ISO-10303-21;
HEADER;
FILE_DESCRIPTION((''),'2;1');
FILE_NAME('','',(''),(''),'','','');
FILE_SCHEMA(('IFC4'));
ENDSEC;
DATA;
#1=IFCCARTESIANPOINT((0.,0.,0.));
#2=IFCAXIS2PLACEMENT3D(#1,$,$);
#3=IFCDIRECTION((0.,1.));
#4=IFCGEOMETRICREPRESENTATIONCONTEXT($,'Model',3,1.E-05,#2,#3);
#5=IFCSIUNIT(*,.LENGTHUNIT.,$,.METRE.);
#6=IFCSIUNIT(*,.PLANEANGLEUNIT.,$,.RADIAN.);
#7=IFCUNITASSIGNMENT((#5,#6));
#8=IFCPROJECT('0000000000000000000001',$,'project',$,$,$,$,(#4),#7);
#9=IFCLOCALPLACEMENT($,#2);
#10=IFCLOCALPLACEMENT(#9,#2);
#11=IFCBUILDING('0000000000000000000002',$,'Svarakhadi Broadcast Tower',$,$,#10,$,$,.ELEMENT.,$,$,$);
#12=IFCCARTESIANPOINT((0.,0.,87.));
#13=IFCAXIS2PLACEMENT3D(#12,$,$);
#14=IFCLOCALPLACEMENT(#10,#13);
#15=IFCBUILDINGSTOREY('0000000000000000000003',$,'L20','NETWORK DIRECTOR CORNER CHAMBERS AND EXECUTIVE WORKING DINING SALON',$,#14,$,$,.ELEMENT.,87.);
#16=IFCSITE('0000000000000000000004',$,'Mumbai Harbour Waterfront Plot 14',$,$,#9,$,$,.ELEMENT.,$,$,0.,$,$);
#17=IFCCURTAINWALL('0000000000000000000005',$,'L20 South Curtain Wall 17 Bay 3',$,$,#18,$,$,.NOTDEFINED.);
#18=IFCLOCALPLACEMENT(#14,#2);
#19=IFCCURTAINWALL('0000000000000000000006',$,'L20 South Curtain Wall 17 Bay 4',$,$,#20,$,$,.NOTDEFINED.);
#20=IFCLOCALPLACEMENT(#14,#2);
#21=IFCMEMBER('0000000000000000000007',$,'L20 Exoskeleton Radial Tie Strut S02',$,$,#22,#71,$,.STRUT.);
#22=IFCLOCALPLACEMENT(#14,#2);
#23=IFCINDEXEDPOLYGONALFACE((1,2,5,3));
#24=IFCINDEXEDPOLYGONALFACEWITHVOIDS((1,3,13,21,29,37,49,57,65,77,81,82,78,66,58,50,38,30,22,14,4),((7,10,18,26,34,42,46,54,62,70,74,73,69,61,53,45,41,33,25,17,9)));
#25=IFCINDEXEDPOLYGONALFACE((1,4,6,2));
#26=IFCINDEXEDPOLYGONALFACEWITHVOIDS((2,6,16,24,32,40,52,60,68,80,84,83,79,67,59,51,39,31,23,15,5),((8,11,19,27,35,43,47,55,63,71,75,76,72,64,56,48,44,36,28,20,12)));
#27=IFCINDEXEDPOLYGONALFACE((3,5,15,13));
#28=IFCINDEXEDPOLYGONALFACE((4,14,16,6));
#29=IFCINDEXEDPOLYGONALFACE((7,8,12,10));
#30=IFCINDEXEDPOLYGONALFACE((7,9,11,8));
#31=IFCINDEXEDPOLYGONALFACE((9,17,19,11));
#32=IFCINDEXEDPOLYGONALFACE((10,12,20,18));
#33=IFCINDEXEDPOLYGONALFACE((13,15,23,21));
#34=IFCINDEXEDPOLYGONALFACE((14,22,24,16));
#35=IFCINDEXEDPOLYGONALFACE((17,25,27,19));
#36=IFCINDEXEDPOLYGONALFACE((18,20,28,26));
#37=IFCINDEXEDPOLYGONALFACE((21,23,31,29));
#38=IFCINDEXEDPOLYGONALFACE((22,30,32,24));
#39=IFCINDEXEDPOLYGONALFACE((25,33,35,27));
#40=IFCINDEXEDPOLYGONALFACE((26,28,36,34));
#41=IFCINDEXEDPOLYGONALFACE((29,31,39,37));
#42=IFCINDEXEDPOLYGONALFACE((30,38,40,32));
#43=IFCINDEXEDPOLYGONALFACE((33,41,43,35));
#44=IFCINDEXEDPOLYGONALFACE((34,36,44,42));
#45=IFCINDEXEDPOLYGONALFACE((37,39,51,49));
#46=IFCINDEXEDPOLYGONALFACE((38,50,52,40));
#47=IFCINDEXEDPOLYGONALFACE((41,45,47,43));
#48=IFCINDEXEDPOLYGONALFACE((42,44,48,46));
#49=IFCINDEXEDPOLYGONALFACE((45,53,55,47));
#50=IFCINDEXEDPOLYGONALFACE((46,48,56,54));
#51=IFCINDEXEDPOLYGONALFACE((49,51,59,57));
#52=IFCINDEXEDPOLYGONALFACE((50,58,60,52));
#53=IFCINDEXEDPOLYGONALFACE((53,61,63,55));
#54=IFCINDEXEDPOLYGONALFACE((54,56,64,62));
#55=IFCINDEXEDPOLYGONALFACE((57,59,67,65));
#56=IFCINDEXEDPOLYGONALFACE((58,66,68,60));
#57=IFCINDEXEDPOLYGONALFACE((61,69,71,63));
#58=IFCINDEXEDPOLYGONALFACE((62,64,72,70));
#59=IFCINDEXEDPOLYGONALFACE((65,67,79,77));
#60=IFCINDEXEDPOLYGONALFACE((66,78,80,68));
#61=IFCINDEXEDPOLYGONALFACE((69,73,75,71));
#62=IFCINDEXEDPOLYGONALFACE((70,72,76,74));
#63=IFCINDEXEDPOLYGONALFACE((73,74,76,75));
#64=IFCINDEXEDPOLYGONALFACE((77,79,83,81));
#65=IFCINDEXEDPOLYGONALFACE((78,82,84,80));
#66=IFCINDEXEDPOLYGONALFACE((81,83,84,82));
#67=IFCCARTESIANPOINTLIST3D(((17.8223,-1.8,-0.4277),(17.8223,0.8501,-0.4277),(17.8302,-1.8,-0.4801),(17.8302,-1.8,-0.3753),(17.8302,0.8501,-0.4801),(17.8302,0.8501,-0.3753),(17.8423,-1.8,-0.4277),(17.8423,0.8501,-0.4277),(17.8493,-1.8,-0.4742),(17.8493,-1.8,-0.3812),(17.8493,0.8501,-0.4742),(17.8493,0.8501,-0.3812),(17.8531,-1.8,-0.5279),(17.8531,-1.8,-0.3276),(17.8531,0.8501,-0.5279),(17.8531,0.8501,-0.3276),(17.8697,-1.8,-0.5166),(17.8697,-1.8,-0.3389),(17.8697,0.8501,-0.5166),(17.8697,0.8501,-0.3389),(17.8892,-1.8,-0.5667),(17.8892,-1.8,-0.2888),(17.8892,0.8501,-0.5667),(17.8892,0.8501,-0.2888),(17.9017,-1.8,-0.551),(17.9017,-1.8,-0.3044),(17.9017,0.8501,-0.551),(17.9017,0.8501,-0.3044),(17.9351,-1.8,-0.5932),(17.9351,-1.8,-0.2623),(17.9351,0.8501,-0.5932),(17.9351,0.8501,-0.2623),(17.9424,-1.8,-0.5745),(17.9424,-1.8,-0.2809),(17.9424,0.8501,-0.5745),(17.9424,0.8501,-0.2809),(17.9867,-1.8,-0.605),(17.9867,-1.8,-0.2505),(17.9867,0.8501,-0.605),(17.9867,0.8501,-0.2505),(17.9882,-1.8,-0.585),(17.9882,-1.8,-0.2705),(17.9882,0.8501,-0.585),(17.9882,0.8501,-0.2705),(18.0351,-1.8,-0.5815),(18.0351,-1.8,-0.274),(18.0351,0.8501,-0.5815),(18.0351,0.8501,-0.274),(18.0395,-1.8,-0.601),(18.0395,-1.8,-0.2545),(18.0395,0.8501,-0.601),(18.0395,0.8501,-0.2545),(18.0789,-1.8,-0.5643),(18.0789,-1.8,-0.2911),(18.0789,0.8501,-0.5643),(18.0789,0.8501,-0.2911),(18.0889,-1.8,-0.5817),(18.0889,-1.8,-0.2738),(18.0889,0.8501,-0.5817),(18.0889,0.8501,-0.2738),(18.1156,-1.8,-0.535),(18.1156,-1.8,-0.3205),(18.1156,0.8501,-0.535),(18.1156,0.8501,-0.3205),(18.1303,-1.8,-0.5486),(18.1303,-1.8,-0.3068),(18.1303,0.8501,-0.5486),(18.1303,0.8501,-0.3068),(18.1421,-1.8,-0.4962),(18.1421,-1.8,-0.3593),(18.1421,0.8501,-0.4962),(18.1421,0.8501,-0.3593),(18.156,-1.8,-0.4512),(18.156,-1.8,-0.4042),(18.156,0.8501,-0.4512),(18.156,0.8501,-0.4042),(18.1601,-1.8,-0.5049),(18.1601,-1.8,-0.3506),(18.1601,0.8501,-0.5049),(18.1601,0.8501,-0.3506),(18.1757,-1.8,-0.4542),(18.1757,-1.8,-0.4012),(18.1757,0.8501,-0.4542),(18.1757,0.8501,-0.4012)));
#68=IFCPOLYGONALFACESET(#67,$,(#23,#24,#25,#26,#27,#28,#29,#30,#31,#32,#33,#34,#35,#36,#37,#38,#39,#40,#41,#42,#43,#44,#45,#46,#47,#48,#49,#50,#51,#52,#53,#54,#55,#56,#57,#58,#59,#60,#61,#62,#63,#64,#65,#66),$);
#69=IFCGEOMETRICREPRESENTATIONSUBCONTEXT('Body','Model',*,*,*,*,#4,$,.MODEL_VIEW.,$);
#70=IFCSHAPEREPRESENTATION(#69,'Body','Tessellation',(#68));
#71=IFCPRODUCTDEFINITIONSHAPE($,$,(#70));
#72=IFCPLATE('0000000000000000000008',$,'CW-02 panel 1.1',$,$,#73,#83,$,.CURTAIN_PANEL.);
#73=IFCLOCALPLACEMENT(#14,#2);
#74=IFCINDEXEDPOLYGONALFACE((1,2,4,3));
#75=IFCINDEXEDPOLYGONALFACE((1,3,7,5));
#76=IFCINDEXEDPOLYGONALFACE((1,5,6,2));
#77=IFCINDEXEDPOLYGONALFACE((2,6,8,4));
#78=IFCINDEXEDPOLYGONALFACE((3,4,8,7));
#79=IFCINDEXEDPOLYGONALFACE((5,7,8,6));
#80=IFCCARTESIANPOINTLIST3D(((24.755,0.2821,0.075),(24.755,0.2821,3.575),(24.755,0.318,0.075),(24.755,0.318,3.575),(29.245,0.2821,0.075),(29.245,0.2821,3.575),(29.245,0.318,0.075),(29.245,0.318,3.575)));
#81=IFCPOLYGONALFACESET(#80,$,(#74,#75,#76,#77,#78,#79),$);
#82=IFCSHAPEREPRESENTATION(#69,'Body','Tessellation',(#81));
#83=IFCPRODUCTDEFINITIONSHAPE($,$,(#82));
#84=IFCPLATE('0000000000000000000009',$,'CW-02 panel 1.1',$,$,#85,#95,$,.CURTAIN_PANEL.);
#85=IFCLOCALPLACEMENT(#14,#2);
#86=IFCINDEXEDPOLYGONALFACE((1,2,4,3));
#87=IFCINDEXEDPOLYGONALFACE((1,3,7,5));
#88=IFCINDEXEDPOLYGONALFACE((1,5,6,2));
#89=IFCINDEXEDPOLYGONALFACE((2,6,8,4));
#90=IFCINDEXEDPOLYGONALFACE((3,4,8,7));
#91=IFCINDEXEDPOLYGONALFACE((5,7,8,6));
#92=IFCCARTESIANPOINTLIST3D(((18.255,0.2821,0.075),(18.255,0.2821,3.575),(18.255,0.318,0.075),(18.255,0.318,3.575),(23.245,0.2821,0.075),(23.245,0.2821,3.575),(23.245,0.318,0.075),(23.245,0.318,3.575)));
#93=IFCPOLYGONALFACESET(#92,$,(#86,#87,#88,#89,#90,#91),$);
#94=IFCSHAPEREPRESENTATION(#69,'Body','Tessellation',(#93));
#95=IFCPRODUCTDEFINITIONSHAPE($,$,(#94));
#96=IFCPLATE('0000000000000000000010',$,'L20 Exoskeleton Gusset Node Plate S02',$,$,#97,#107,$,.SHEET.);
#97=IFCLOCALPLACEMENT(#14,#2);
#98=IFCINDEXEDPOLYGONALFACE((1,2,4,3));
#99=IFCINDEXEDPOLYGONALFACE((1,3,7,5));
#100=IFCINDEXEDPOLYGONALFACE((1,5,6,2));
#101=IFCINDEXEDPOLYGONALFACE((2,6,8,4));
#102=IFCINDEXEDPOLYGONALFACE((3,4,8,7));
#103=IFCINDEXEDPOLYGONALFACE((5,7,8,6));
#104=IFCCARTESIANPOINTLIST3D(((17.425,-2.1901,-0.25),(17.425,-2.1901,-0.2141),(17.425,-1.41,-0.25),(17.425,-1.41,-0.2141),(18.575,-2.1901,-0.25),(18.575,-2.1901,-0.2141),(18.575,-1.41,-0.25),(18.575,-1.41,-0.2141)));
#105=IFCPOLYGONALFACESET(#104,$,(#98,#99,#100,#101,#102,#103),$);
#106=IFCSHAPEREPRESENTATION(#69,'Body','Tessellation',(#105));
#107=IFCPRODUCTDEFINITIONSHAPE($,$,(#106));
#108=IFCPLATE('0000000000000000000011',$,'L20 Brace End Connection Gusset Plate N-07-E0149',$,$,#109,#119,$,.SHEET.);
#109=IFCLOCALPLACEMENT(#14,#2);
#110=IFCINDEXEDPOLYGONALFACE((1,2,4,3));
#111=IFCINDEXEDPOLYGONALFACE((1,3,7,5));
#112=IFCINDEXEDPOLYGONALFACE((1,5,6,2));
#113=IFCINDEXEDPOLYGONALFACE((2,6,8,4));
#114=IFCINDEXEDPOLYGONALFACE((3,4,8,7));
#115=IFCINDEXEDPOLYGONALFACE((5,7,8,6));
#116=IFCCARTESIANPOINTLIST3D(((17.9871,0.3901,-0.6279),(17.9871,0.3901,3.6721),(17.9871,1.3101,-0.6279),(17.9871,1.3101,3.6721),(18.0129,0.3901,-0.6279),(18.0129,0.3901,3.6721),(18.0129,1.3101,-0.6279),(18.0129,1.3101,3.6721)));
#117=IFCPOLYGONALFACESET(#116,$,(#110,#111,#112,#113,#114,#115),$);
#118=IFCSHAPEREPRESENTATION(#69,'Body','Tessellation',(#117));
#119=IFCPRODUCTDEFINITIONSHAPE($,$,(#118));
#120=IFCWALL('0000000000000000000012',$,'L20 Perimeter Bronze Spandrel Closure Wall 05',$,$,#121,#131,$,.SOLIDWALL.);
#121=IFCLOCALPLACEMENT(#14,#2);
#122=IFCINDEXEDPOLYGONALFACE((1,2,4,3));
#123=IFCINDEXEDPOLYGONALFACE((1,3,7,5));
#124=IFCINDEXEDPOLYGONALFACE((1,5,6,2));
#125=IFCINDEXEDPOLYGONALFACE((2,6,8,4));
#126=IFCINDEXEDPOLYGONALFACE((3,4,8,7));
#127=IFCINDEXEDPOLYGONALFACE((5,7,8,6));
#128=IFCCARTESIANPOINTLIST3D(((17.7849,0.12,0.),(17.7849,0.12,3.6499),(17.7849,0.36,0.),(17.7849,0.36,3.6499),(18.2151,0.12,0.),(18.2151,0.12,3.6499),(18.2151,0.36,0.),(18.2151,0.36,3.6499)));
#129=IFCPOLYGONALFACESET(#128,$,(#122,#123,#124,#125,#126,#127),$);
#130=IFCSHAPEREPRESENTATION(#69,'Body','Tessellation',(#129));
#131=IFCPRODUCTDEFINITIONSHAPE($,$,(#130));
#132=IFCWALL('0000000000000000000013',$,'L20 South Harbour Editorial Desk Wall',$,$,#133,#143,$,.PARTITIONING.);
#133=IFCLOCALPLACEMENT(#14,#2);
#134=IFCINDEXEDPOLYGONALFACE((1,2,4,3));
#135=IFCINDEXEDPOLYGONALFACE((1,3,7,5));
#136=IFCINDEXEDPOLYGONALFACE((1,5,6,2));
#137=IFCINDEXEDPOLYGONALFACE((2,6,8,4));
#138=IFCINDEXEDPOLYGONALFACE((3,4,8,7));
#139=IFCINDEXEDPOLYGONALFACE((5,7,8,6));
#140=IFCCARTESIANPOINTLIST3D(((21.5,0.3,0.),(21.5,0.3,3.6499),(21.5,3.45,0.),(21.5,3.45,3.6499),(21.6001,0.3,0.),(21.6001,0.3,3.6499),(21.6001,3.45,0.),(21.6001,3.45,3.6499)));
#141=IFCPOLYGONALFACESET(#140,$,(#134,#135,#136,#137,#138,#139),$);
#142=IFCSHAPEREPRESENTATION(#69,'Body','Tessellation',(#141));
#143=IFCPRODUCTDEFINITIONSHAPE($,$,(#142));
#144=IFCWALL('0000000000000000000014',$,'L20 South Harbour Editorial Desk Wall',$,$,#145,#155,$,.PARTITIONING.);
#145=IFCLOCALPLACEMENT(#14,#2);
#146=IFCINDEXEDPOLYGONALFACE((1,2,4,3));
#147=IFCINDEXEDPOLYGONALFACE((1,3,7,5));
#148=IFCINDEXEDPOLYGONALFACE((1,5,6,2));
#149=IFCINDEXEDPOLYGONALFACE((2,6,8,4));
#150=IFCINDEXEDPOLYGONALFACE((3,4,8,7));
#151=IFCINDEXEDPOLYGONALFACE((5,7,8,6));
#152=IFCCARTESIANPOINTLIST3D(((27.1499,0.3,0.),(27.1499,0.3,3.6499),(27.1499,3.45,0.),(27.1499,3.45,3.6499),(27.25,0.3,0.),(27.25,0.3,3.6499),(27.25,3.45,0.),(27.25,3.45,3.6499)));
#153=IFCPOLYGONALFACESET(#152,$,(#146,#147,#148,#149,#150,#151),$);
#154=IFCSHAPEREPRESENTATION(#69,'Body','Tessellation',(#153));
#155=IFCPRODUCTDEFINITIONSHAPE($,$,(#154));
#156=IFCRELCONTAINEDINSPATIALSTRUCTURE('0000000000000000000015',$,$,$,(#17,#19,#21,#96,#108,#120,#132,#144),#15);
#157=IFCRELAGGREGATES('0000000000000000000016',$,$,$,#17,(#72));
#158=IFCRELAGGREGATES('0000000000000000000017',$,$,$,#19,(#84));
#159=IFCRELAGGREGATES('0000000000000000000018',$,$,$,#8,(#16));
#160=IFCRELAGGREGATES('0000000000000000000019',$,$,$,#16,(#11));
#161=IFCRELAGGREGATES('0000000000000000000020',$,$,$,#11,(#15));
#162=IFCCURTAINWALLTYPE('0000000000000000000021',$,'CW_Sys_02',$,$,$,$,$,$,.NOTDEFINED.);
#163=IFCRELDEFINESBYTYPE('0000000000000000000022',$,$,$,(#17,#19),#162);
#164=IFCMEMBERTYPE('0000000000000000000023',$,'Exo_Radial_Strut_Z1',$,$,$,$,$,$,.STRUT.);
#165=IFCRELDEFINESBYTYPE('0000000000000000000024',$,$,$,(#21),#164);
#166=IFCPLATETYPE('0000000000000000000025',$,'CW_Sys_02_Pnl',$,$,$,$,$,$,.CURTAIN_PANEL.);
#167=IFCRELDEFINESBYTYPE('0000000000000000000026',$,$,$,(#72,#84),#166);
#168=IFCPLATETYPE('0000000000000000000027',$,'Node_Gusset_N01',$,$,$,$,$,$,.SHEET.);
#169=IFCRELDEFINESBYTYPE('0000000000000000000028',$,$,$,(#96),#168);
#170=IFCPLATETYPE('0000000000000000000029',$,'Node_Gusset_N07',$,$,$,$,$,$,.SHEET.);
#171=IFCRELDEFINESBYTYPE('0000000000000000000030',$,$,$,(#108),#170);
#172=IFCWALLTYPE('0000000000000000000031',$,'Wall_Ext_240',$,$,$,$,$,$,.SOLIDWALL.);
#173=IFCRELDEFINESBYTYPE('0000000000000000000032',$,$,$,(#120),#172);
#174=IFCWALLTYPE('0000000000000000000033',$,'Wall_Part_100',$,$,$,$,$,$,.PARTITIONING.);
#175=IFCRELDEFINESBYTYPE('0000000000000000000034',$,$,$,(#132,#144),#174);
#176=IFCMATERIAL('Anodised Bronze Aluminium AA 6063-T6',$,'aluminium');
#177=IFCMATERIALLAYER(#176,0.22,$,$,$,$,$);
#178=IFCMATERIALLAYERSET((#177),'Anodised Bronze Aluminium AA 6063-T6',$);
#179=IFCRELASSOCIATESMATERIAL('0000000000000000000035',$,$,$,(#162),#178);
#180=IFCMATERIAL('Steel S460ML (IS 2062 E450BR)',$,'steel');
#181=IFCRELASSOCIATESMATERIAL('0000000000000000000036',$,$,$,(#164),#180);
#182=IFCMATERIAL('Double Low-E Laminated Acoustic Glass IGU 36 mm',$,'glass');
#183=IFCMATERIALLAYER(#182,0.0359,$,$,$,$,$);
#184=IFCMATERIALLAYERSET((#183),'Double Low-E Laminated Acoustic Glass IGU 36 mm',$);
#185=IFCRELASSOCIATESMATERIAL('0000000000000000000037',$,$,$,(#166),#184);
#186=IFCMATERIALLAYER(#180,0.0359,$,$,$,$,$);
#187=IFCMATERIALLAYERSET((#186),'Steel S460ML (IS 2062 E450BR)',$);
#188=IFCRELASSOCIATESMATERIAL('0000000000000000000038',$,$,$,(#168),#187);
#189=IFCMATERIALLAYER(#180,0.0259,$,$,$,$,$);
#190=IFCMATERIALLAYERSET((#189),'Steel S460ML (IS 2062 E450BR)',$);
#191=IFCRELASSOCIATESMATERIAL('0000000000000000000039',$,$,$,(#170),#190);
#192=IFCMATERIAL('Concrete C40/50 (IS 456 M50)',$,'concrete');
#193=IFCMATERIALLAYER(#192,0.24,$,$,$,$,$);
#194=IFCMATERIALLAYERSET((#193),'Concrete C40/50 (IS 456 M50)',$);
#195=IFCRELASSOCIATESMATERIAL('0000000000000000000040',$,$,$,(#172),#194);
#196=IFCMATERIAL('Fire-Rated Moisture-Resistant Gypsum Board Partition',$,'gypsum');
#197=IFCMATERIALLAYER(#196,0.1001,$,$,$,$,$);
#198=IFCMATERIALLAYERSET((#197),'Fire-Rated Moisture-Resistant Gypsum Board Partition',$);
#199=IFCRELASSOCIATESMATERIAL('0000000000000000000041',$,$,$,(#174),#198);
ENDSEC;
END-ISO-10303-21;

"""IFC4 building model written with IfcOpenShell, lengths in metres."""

from ifc_helpers import new_model, si_unit, direction, frame, frame_2d, origin, origin_2d, place, context, subcontext, project, spatial, rectangle, hollow_circle, extrude, material, layer, layer_set, material_profile, profile_set, type_object, element, aggregate, save


model = new_model("IFC4")

# Units and contexts
model_context = context("Model", 3, precision=1e-05, world=origin(), true_north=direction((0.0, 1.0)))
body_context = subcontext(model_context, "Body", "Model", "MODEL_VIEW")
ifc_project = project(units=[si_unit("LENGTHUNIT", "METRE"), si_unit("PLANEANGLEUNIT", "RADIAN")], contexts=[model_context])

# Site, building, storey
site_placement = place(None, origin())
site = spatial("IfcSite", under=ifc_project, at=site_placement, Name="Mumbai Harbour Waterfront Plot 14", CompositionType="ELEMENT", RefElevation=0.0)
building_placement = place(site_placement, origin())
building = spatial("IfcBuilding", under=site, at=building_placement, Name="Svarakhadi Broadcast Tower", CompositionType="ELEMENT")
storey_placement = place(building_placement, frame((0.0, 0.0, 87.0)))
storey = spatial("IfcBuildingStorey", under=building, at=storey_placement, Name="L20", Description="NETWORK DIRECTOR CORNER CHAMBERS AND EXECUTIVE WORKING DINING SALON", CompositionType="ELEMENT", Elevation=87.0)

# Curtain wall
ifc_material_1 = material(Name="Anodised Bronze Aluminium AA 6063-T6", Category="aluminium")
ifc_layer_1 = layer(ifc_material_1, 0.22)
ifc_layer_set_1 = layer_set([ifc_layer_1], Name="Anodised Bronze Aluminium AA 6063-T6")
curtain_wall_type = type_object("IfcCurtainWallType", Name="CW_Sys_02", PredefinedType="NOTDEFINED", material=ifc_layer_set_1)
curtain_wall_1_placement = place(storey_placement, origin())
curtain_wall_1 = element("IfcCurtainWall", 1, at=curtain_wall_1_placement, inside=storey, type_object=curtain_wall_type, Name="L20 South Curtain Wall 17 Bay 3", PredefinedType="NOTDEFINED")

# Curtain wall
curtain_wall_2_placement = place(storey_placement, origin())
curtain_wall_2 = element("IfcCurtainWall", 2, at=curtain_wall_2_placement, inside=storey, type_object=curtain_wall_type, Name="L20 South Curtain Wall 17 Bay 4", PredefinedType="NOTDEFINED")

# Member
ifc_material_2 = material(Name="Steel S460ML (IS 2062 E450BR)", Category="steel")
ifc_material_profile_1 = material_profile(ifc_material_2, hollow_circle(Radius=0.1777, WallThickness=0.02, at=origin_2d()), Name="CHS 355.6x20")
ifc_profile_set_1 = profile_set([ifc_material_profile_1], Name="Steel S460ML (IS 2062 E450BR)")
member_type_1 = type_object("IfcMemberType", Name="Exo_Radial_Strut_Z1", PredefinedType="STRUT", material=ifc_profile_set_1)
member_1_placement = place(storey_placement, frame((18.0, -1.8, -0.4277), z_axis=(0.0, 1.0, 0.0), x_axis=(-1.0, 0.0, 0.0)))
element("IfcMember", 3, at=member_1_placement, inside=storey, type_object=member_type_1, Name="L20 Exoskeleton Radial Tie Strut S02", PredefinedType="STRUT", context=body_context, shape_type="SweptSolid", body=[
    extrude(hollow_circle(Radius=0.1777, WallThickness=0.02, at=origin_2d()), origin(), (0.0, 0.0, 1.0), 2.6501),
])

# Plates
ifc_material_3 = material(Name="Double Low-E Laminated Acoustic Glass IGU 36 mm", Category="glass")
ifc_layer_2 = layer(ifc_material_3, 0.0359)
ifc_layer_set_2 = layer_set([ifc_layer_2], Name="Double Low-E Laminated Acoustic Glass IGU 36 mm")
plate_type_1 = type_object("IfcPlateType", Name="CW_Sys_02_Pnl", PredefinedType="CURTAIN_PANEL", material=ifc_layer_set_2)
plate_1_placement = place(storey_placement, frame((27.0, 0.3, 0.075), z_axis=(0.0, 0.0, 1.0), x_axis=(-1.0, 0.0, 0.0)))
plate_1 = element("IfcPlate", 4, at=plate_1_placement, type_object=plate_type_1, Name="CW-02 panel 1.1", PredefinedType="CURTAIN_PANEL", context=body_context, shape_type="SweptSolid", body=[
    extrude(rectangle(XDim=4.49, YDim=0.0359, at=origin_2d()), origin(), (0.0, 0.0, 1.0), 3.5),
])
aggregate(curtain_wall_1, [plate_1])
plate_2_placement = place(storey_placement, frame((20.75, 0.3, 0.075), z_axis=(0.0, 0.0, 1.0), x_axis=(-1.0, 0.0, 0.0)))
plate_2 = element("IfcPlate", 5, at=plate_2_placement, type_object=plate_type_1, Name="CW-02 panel 1.1", PredefinedType="CURTAIN_PANEL", context=body_context, shape_type="SweptSolid", body=[
    extrude(rectangle(XDim=4.99, YDim=0.0359, at=origin_2d()), origin(), (0.0, 0.0, 1.0), 3.5),
])
aggregate(curtain_wall_2, [plate_2])

# Plates
ifc_layer_3 = layer(ifc_material_2, 0.0359)
ifc_layer_set_3 = layer_set([ifc_layer_3], Name="Steel S460ML (IS 2062 E450BR)")
plate_type_2 = type_object("IfcPlateType", Name="Node_Gusset_N01", PredefinedType="SHEET", material=ifc_layer_set_3)
plate_3_placement = place(storey_placement, frame((18.0, -1.8, -0.25), z_axis=(0.0, 0.0, 1.0), x_axis=(1.0, 0.0, 0.0)))
element("IfcPlate", 6, at=plate_3_placement, inside=storey, type_object=plate_type_2, Name="L20 Exoskeleton Gusset Node Plate S02", PredefinedType="SHEET", context=body_context, shape_type="SweptSolid", body=[
    extrude(rectangle(XDim=1.1499, YDim=0.78, at=origin_2d()), origin(), (0.0, 0.0, 1.0), 0.0359),
])
ifc_layer_4 = layer(ifc_material_2, 0.0259)
ifc_layer_set_4 = layer_set([ifc_layer_4], Name="Steel S460ML (IS 2062 E450BR)")
plate_type_3 = type_object("IfcPlateType", Name="Node_Gusset_N07", PredefinedType="SHEET", material=ifc_layer_set_4)
plate_4_placement = place(storey_placement, frame((18.0, 0.8501, -0.6279), z_axis=(0.0, 0.0, 1.0), x_axis=(0.0, 1.0, 0.0)))
element("IfcPlate", 7, at=plate_4_placement, inside=storey, type_object=plate_type_3, Name="L20 Brace End Connection Gusset Plate N-07-E0149", PredefinedType="SHEET", context=body_context, shape_type="SweptSolid", body=[
    extrude(rectangle(XDim=0.9199, YDim=0.0259, at=origin_2d()), origin(), (0.0, 0.0, 1.0), 4.3),
])

# Walls
ifc_material_4 = material(Name="Concrete C40/50 (IS 456 M50)", Category="concrete")
ifc_layer_5 = layer(ifc_material_4, 0.24)
ifc_layer_set_5 = layer_set([ifc_layer_5], Name="Concrete C40/50 (IS 456 M50)")
wall_type_1 = type_object("IfcWallType", Name="Wall_Ext_240", PredefinedType="SOLIDWALL", material=ifc_layer_set_5)
wall_placement = place(storey_placement, frame((18.2151, 0.24, 0.0), z_axis=(0.0, 0.0, 1.0), x_axis=(-1.0, 0.0, 0.0)))
element("IfcWall", 8, at=wall_placement, inside=storey, type_object=wall_type_1, Name="L20 Perimeter Bronze Spandrel Closure Wall 05", PredefinedType="SOLIDWALL", context=body_context, shape_type="SweptSolid", body=[
    extrude(rectangle(XDim=0.4302, YDim=0.24, at=frame_2d((0.2151, 0.0))), origin(), (0.0, 0.0, 1.0), 3.6499),
])
ifc_material_5 = material(Name="Fire-Rated Moisture-Resistant Gypsum Board Partition", Category="gypsum")
ifc_layer_6 = layer(ifc_material_5, 0.1001)
ifc_layer_set_6 = layer_set([ifc_layer_6], Name="Fire-Rated Moisture-Resistant Gypsum Board Partition")
wall_type_2 = type_object("IfcWallType", Name="Wall_Part_100", PredefinedType="PARTITIONING", material=ifc_layer_set_6)
for number, where, z_axis, x_axis, name in (
    (9, (21.55, 0.3, 0.0), (0.0, 0.0, 1.0), (0.0, 1.0, 0.0), "L20 South Harbour Editorial Desk Wall"),
    (10, (27.2, 0.3, 0.0), (0.0, 0.0, 1.0), (0.0, 1.0, 0.0), "L20 South Harbour Editorial Desk Wall"),
):
    element("IfcWall", number, at=place(storey_placement, frame(where, z_axis=z_axis, x_axis=x_axis)), inside=storey, type_object=wall_type_2, Name=name, PredefinedType="PARTITIONING", context=body_context, shape_type="SweptSolid", body=[
        extrude(rectangle(XDim=3.1499, YDim=0.1001, at=frame_2d((1.575, 0.0))), origin(), (0.0, 0.0, 1.0), 3.6499),
    ])

save(model, "model.ifc")
